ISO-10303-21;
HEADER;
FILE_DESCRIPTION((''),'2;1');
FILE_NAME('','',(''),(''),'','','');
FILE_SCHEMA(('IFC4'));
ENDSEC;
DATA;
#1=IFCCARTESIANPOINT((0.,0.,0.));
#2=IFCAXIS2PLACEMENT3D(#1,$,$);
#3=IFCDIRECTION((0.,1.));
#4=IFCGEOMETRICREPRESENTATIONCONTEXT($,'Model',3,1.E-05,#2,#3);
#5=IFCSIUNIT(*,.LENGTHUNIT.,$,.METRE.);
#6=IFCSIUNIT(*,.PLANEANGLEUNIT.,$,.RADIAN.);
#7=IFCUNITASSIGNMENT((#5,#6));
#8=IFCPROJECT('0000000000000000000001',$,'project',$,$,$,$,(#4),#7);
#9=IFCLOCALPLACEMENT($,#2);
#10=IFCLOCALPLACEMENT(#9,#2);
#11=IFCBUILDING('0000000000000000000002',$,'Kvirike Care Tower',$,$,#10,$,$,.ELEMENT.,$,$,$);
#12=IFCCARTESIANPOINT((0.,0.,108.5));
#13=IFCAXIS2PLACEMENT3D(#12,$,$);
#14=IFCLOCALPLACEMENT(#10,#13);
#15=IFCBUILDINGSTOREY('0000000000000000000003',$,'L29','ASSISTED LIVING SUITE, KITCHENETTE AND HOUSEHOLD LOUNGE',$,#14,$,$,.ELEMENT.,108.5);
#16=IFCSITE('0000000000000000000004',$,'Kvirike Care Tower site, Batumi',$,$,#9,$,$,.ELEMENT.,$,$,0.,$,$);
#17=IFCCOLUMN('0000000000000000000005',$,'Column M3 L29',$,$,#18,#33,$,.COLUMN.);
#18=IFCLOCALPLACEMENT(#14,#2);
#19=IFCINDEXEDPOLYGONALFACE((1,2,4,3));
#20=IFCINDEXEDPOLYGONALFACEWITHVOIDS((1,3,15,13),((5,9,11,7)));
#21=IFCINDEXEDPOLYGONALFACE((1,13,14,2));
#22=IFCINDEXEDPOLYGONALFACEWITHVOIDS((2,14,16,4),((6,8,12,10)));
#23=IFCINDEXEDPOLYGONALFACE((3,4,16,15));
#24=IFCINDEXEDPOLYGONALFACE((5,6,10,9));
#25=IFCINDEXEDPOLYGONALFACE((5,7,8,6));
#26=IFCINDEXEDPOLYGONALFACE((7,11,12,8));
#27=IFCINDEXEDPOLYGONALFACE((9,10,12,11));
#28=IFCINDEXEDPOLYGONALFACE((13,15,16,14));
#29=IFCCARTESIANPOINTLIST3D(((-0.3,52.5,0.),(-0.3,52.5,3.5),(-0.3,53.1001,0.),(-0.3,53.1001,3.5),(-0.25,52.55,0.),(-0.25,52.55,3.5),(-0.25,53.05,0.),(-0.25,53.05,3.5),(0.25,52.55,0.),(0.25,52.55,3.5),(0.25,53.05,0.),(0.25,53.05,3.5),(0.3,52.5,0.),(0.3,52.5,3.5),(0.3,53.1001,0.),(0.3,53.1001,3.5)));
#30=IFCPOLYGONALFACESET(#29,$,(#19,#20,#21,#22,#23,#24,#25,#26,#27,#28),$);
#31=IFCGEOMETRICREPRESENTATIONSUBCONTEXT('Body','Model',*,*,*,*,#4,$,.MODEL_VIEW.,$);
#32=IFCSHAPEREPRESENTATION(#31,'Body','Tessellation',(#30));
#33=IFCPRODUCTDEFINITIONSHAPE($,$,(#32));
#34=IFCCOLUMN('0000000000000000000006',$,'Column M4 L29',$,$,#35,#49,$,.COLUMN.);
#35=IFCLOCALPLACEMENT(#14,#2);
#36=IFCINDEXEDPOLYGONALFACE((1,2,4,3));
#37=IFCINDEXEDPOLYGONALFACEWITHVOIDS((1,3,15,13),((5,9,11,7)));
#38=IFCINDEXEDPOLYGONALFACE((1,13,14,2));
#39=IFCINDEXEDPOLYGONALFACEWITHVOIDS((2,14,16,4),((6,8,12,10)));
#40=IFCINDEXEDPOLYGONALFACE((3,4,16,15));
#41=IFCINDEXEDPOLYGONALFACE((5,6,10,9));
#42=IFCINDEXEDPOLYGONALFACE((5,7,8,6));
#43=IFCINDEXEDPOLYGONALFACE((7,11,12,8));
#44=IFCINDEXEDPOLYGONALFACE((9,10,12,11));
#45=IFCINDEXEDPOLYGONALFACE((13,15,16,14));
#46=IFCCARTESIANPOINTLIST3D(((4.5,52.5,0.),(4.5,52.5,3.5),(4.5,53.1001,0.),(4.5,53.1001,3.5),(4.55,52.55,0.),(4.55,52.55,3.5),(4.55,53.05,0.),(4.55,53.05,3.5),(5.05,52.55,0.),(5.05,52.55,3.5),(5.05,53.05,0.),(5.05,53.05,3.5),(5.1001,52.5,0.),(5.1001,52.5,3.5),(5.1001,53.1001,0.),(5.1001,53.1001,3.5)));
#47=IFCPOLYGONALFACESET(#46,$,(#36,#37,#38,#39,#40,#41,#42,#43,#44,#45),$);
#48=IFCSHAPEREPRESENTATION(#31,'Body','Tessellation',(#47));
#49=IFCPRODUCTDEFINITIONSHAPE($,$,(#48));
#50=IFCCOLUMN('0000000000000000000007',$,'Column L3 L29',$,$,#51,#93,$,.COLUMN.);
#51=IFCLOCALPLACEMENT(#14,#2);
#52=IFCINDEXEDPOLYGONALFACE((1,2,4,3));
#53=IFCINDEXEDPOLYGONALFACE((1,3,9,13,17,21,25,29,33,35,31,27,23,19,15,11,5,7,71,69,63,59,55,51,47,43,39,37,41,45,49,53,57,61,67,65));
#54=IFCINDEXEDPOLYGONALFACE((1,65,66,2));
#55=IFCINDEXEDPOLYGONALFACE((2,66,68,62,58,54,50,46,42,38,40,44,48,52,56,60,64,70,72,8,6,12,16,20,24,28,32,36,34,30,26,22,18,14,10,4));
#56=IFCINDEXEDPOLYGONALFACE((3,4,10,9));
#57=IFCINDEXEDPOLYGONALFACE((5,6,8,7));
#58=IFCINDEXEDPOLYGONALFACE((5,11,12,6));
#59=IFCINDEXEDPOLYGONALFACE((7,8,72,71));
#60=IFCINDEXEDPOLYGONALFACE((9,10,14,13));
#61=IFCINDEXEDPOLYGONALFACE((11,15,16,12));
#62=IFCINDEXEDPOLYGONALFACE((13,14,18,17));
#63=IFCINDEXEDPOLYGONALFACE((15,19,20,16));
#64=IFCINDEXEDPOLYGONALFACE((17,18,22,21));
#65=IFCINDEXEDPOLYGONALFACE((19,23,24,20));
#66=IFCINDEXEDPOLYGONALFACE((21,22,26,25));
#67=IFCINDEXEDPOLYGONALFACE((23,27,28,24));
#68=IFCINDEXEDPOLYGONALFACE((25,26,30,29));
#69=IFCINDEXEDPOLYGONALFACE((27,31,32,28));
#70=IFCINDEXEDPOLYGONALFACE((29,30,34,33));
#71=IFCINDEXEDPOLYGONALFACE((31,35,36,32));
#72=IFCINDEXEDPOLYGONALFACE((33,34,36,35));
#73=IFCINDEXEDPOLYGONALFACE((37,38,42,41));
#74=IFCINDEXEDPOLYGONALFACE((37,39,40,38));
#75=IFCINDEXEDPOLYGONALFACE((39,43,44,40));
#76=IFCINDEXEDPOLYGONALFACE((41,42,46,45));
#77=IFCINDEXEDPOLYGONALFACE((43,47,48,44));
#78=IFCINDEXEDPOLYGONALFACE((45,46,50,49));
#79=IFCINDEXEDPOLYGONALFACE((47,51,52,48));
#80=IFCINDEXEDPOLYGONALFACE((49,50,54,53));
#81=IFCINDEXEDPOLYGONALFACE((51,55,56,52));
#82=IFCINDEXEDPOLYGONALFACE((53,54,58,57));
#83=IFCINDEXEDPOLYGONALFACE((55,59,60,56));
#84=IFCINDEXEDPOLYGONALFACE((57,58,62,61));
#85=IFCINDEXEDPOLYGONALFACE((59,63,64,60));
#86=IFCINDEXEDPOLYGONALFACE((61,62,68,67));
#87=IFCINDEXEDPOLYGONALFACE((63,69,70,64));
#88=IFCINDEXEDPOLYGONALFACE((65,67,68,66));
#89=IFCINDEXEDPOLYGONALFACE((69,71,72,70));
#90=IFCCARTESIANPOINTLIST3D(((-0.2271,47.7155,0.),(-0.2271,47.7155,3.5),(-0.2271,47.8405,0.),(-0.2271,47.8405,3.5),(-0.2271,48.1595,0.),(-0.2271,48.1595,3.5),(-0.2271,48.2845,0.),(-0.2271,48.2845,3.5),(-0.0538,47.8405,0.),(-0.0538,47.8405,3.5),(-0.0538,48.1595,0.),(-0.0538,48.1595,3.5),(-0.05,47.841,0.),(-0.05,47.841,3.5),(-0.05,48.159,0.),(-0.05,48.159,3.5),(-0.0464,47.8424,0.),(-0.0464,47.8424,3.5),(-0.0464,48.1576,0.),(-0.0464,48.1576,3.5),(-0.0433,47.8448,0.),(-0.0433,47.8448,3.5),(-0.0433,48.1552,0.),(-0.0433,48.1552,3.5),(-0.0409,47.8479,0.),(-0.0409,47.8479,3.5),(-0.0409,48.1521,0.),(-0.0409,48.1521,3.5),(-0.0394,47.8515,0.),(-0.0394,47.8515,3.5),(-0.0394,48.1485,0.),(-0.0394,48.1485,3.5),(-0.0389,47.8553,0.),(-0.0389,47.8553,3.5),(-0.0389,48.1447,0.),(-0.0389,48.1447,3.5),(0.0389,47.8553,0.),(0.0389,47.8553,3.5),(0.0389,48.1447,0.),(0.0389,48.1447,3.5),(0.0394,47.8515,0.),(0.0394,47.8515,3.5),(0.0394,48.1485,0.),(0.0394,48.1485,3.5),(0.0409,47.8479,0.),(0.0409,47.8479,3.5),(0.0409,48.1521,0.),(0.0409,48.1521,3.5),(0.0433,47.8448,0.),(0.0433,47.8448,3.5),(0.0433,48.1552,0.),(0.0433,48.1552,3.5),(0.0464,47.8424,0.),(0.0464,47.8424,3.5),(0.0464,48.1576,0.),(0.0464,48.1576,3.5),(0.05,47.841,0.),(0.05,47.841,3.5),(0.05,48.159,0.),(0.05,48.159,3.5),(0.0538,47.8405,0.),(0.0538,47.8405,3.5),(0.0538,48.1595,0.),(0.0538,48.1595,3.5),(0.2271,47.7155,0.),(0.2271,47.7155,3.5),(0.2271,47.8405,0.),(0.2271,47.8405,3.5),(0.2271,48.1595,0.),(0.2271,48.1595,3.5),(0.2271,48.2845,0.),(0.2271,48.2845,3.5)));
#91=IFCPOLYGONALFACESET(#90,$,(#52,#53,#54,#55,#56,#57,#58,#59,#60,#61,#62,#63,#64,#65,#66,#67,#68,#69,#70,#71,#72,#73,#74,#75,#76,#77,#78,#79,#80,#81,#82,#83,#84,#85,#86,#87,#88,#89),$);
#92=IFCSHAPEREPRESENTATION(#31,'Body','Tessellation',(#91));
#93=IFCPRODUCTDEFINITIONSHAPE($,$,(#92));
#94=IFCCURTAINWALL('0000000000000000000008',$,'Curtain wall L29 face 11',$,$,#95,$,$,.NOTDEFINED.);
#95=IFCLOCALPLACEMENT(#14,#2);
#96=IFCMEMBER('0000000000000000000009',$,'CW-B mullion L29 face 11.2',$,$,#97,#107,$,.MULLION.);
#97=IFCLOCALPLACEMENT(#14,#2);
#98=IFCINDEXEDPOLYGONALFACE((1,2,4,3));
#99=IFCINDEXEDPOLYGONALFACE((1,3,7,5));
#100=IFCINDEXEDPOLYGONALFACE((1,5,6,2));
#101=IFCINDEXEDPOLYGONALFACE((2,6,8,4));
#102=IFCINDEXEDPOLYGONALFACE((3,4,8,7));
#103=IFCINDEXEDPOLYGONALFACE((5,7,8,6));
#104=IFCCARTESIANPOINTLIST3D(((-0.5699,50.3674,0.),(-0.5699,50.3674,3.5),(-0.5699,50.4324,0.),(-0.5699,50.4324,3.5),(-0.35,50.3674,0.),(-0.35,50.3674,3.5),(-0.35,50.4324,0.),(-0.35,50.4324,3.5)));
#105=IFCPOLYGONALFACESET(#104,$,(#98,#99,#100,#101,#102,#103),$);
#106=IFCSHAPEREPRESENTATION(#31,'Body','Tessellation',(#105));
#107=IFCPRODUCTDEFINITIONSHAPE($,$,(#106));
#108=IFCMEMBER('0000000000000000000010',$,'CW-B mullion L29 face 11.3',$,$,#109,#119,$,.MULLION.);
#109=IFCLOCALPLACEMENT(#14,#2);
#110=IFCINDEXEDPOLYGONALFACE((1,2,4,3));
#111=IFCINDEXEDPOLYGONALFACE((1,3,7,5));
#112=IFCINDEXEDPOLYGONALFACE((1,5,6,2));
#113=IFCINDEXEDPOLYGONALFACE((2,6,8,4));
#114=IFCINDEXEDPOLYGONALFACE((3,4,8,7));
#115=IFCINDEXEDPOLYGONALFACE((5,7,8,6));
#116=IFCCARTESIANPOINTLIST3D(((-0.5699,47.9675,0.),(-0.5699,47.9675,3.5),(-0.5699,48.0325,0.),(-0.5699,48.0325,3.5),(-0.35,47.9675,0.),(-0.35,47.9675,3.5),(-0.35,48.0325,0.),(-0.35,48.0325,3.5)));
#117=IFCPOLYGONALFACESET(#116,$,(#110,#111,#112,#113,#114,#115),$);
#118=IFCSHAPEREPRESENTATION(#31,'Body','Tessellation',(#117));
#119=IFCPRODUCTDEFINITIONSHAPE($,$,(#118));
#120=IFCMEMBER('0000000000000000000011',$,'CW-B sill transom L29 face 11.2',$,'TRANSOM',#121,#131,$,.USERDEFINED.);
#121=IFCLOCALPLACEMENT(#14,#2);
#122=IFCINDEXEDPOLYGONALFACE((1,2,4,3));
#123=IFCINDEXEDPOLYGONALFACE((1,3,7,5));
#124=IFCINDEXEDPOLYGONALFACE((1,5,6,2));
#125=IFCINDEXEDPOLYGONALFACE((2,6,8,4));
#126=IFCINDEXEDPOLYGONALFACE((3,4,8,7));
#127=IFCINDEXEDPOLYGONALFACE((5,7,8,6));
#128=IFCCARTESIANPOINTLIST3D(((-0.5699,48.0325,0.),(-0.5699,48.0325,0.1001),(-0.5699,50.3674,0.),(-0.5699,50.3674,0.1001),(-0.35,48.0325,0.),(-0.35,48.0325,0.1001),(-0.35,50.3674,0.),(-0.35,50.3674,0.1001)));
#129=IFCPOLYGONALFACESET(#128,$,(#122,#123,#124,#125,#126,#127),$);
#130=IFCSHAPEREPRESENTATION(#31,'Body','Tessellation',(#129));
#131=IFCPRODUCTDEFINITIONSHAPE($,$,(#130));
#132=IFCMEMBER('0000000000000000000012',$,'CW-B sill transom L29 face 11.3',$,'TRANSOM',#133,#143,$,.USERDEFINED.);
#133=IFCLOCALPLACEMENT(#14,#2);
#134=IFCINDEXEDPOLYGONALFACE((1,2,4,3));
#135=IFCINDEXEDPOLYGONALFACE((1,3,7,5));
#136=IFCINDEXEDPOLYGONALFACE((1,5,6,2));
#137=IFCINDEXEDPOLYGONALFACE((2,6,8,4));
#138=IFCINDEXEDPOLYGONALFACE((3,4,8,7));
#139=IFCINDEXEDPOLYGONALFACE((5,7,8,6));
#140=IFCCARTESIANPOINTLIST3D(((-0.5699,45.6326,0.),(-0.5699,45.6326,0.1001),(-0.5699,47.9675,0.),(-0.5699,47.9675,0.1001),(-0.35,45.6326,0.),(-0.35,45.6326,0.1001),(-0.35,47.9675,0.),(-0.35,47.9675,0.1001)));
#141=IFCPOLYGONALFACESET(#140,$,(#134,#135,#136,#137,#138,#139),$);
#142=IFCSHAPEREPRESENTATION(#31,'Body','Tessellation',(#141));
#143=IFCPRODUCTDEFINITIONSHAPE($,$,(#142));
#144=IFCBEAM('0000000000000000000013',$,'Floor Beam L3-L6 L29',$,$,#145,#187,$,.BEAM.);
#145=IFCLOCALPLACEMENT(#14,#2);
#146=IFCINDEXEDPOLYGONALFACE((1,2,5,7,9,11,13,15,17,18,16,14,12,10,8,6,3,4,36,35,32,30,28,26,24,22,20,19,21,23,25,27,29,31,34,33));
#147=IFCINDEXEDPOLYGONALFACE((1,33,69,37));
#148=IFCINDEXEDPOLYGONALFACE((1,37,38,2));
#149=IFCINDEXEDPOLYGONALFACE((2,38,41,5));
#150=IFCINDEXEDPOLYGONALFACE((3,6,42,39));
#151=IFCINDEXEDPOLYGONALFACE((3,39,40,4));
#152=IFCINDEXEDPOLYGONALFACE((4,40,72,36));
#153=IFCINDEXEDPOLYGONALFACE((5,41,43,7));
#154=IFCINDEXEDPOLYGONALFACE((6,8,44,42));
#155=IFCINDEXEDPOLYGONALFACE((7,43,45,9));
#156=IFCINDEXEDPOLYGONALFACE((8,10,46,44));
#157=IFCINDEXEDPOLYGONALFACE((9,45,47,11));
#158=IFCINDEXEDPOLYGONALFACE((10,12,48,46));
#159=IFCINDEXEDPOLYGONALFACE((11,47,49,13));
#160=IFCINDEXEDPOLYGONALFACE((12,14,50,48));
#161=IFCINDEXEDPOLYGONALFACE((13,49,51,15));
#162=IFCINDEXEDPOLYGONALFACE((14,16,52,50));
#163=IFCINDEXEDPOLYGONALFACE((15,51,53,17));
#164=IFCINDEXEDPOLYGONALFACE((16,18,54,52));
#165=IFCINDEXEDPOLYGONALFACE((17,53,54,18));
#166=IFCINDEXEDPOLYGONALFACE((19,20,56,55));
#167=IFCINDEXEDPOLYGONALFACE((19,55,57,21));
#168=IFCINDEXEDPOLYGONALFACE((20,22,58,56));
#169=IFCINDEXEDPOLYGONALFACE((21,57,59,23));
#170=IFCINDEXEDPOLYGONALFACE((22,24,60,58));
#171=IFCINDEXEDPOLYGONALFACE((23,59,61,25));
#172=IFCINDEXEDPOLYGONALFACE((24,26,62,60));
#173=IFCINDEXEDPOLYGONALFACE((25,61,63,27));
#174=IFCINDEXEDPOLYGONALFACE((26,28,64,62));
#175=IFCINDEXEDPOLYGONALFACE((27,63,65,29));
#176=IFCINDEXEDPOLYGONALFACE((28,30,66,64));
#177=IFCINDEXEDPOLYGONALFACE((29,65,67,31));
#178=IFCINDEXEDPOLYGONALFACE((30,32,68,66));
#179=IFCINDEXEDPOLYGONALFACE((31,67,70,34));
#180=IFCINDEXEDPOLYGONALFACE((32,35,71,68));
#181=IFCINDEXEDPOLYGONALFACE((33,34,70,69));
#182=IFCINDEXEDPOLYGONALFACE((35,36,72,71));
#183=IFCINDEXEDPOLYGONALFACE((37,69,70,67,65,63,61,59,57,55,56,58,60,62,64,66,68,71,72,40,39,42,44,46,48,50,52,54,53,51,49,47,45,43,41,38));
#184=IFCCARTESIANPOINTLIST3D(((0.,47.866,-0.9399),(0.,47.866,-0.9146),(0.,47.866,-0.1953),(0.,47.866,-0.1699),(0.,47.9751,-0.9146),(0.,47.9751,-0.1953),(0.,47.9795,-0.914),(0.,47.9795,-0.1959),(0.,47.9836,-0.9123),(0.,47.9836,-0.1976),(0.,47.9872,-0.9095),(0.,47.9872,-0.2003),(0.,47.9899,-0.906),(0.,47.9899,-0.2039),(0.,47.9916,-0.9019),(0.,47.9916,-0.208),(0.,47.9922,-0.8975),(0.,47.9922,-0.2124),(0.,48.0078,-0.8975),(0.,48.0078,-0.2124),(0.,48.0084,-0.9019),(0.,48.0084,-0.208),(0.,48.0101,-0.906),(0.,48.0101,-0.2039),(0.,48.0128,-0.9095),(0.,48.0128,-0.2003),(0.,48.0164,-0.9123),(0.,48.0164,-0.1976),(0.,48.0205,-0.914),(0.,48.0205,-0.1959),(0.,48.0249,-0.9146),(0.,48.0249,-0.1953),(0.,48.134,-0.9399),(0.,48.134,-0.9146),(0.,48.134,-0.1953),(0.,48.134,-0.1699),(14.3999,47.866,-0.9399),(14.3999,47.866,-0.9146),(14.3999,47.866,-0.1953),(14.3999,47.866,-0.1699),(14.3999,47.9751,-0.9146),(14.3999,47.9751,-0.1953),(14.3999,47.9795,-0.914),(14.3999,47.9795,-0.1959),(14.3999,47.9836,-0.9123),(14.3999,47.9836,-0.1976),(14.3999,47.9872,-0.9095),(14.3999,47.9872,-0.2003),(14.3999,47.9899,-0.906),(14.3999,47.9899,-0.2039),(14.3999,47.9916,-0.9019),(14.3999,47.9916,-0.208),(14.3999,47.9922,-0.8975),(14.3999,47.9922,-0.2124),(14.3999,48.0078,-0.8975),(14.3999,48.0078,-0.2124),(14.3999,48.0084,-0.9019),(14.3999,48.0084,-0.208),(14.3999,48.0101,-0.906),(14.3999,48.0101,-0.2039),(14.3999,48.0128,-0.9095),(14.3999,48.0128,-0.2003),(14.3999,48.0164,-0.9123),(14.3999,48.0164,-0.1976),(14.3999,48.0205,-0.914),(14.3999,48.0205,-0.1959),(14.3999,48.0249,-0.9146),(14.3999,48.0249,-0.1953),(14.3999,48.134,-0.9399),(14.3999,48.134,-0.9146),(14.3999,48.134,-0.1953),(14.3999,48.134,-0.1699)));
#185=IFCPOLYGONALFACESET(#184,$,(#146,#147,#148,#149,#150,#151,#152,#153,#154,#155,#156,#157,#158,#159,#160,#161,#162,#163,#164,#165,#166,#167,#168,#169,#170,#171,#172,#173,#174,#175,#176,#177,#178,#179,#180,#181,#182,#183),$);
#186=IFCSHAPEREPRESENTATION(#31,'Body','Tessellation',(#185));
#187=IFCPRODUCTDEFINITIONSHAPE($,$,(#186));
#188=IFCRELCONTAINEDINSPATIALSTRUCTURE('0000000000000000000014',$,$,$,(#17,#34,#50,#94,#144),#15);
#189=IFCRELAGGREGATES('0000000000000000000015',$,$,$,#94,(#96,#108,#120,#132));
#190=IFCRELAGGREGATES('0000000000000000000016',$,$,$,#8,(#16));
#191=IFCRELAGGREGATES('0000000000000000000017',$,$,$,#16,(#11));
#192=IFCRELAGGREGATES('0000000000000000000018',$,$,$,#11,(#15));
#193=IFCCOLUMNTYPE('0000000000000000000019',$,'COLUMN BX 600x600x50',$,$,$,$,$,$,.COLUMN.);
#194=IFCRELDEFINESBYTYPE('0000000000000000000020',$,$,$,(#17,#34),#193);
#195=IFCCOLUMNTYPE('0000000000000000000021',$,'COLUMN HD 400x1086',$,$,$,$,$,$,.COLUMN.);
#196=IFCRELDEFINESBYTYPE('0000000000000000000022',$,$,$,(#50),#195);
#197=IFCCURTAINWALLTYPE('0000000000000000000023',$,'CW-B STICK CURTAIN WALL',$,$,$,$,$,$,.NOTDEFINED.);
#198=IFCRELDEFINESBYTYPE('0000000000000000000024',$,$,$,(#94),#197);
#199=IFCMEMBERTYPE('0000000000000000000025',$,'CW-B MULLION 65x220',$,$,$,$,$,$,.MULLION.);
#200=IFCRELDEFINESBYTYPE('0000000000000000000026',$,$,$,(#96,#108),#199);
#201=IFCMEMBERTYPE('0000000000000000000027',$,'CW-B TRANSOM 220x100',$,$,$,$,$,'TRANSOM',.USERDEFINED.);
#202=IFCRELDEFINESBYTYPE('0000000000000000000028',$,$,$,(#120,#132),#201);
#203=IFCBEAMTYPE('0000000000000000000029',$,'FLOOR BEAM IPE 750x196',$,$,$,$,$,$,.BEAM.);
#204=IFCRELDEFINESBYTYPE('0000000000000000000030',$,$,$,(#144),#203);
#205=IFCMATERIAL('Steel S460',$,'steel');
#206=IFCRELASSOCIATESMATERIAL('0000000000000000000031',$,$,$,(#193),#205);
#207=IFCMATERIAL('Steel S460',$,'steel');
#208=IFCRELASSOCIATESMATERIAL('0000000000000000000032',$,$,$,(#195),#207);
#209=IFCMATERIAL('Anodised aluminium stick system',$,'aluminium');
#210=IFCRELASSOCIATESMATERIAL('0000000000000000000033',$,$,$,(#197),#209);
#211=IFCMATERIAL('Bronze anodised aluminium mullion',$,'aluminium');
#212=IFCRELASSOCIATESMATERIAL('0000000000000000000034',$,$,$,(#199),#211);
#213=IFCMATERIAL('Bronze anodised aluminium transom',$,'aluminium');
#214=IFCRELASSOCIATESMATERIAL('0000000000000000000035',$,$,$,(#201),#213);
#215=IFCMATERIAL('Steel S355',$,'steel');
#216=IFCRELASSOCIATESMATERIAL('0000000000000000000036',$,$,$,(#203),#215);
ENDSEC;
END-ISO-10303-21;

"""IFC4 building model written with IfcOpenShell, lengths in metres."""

from ifc_helpers import new_model, si_unit, direction, frame, origin, origin_2d, place, context, subcontext, project, spatial, rectangle, hollow_rectangle, i_section, extrude, material, material_profile, profile_set, type_object, element, aggregate, save


model = new_model("IFC4")

# Units and contexts
model_context = context("Model", 3, precision=1e-05, world=origin(), true_north=direction((0.0, 1.0)))
body_context = subcontext(model_context, "Body", "Model", "MODEL_VIEW")
ifc_project = project(units=[si_unit("LENGTHUNIT", "METRE"), si_unit("PLANEANGLEUNIT", "RADIAN")], contexts=[model_context])

# Site, building, storey
site_placement = place(None, origin())
site = spatial("IfcSite", under=ifc_project, at=site_placement, Name="Kvirike Care Tower site, Batumi", CompositionType="ELEMENT", RefElevation=0.0)
building_placement = place(site_placement, origin())
building = spatial("IfcBuilding", under=site, at=building_placement, Name="Kvirike Care Tower", CompositionType="ELEMENT")
storey_placement = place(building_placement, frame((0.0, 0.0, 108.5)))
storey = spatial("IfcBuildingStorey", under=building, at=storey_placement, Name="L29", Description="ASSISTED LIVING SUITE, KITCHENETTE AND HOUSEHOLD LOUNGE", CompositionType="ELEMENT", Elevation=108.5)

# Columns
ifc_material_1 = material(Name="Steel S460", Category="steel")
ifc_material_profile_1 = material_profile(ifc_material_1, hollow_rectangle(XDim=0.6001, YDim=0.6001, WallThickness=0.05, at=origin_2d()), Name="BX 600x600x50")
ifc_profile_set_1 = profile_set([ifc_material_profile_1], Name="Steel S460")
column_type_1 = type_object("IfcColumnType", Name="COLUMN BX 600x600x50", PredefinedType="COLUMN", material=ifc_profile_set_1)
for number, where, z_axis, x_axis, name in (
    (1, (0.0, 52.8, 0.0), (0.0, 0.0, 1.0), (0.0, 1.0, 0.0), "Column M3 L29"),
    (2, (4.8, 52.8, 0.0), (0.0, 0.0, 1.0), (0.0, 1.0, 0.0), "Column M4 L29"),
):
    element("IfcColumn", number, at=place(storey_placement, frame(where, z_axis=z_axis, x_axis=x_axis)), inside=storey, type_object=column_type_1, Name=name, PredefinedType="COLUMN", context=body_context, shape_type="SweptSolid", body=[
        extrude(hollow_rectangle(XDim=0.6001, YDim=0.6001, WallThickness=0.05, at=origin_2d()), origin(), (0.0, 0.0, 1.0), 3.5),
    ])
ifc_material_2 = material(Name="Steel S460", Category="steel")
ifc_material_profile_2 = material_profile(ifc_material_2, i_section(OverallWidth=0.4541, OverallDepth=0.5691, WebThickness=0.0779, FlangeThickness=0.125, FilletRadius=0.0149, at=origin_2d()), Name="HD 400x1086")
ifc_profile_set_2 = profile_set([ifc_material_profile_2], Name="Steel S460")
column_type_2 = type_object("IfcColumnType", Name="COLUMN HD 400x1086", PredefinedType="COLUMN", material=ifc_profile_set_2)
column_placement = place(storey_placement, frame((0.0, 48.0, 0.0), z_axis=(0.0, 0.0, 1.0), x_axis=(1.0, 0.0, 0.0)))
element("IfcColumn", 3, at=column_placement, inside=storey, type_object=column_type_2, Name="Column L3 L29", PredefinedType="COLUMN", context=body_context, shape_type="SweptSolid", body=[
    extrude(i_section(OverallWidth=0.4541, OverallDepth=0.5691, WebThickness=0.0779, FlangeThickness=0.125, FilletRadius=0.0149, at=origin_2d()), origin(), (0.0, 0.0, 1.0), 3.5),
])

# Curtain wall, members
ifc_material_3 = material(Name="Anodised aluminium stick system", Category="aluminium")
curtain_wall_type = type_object("IfcCurtainWallType", Name="CW-B STICK CURTAIN WALL", PredefinedType="NOTDEFINED", material=ifc_material_3)
curtain_wall_placement = place(storey_placement, origin())
curtain_wall = element("IfcCurtainWall", 4, at=curtain_wall_placement, inside=storey, type_object=curtain_wall_type, Name="Curtain wall L29 face 11", PredefinedType="NOTDEFINED")
ifc_material_4 = material(Name="Bronze anodised aluminium mullion", Category="aluminium")
ifc_material_profile_3 = material_profile(ifc_material_4, rectangle(XDim=0.0649, YDim=0.22, at=origin_2d()), Name="CW-B MULLION 65x220")
ifc_profile_set_3 = profile_set([ifc_material_profile_3], Name="Bronze anodised aluminium mullion")
member_type_1 = type_object("IfcMemberType", Name="CW-B MULLION 65x220", PredefinedType="MULLION", material=ifc_profile_set_3)
member_1_placement = place(storey_placement, frame((-0.46, 50.3999, 0.0), z_axis=(0.0, 0.0, 1.0), x_axis=(0.0, -1.0, 0.0)))
member_1 = element("IfcMember", 5, at=member_1_placement, type_object=member_type_1, Name="CW-B mullion L29 face 11.2", PredefinedType="MULLION", context=body_context, shape_type="SweptSolid", body=[
    extrude(rectangle(XDim=0.0649, YDim=0.22, at=origin_2d()), origin(), (0.0, 0.0, 1.0), 3.5),
])
member_2_placement = place(storey_placement, frame((-0.46, 48.0, 0.0), z_axis=(0.0, 0.0, 1.0), x_axis=(0.0, -1.0, 0.0)))
member_2 = element("IfcMember", 6, at=member_2_placement, type_object=member_type_1, Name="CW-B mullion L29 face 11.3", PredefinedType="MULLION", context=body_context, shape_type="SweptSolid", body=[
    extrude(rectangle(XDim=0.0649, YDim=0.22, at=origin_2d()), origin(), (0.0, 0.0, 1.0), 3.5),
])
ifc_material_5 = material(Name="Bronze anodised aluminium transom", Category="aluminium")
ifc_material_profile_4 = material_profile(ifc_material_5, rectangle(XDim=0.22, YDim=0.1001, at=origin_2d()), Name="CW-B TRANSOM 220x100")
ifc_profile_set_4 = profile_set([ifc_material_profile_4], Name="Bronze anodised aluminium transom")
member_type_2 = type_object("IfcMemberType", Name="CW-B TRANSOM 220x100", ElementType="TRANSOM", PredefinedType="USERDEFINED", material=ifc_profile_set_4)
member_3_placement = place(storey_placement, frame((-0.46, 50.3674, 0.05), z_axis=(0.0, -1.0, 0.0), x_axis=(1.0, 0.0, 0.0)))
member_3 = element("IfcMember", 7, at=member_3_placement, type_object=member_type_2, Name="CW-B sill transom L29 face 11.2", ObjectType="TRANSOM", PredefinedType="USERDEFINED", context=body_context, shape_type="SweptSolid", body=[
    extrude(rectangle(XDim=0.22, YDim=0.1001, at=origin_2d()), origin(), (0.0, 0.0, 1.0), 2.335),
])
member_4_placement = place(storey_placement, frame((-0.46, 47.9675, 0.05), z_axis=(0.0, -1.0, 0.0), x_axis=(1.0, 0.0, 0.0)))
member_4 = element("IfcMember", 8, at=member_4_placement, type_object=member_type_2, Name="CW-B sill transom L29 face 11.3", ObjectType="TRANSOM", PredefinedType="USERDEFINED", context=body_context, shape_type="SweptSolid", body=[
    extrude(rectangle(XDim=0.22, YDim=0.1001, at=origin_2d()), origin(), (0.0, 0.0, 1.0), 2.335),
])

# Beam
ifc_material_6 = material(Name="Steel S355", Category="steel")
ifc_material_profile_5 = material_profile(ifc_material_6, i_section(OverallWidth=0.2681, OverallDepth=0.77, WebThickness=0.0156, FlangeThickness=0.0254, FilletRadius=0.0171, at=origin_2d()), Name="IPE 750x196")
ifc_profile_set_5 = profile_set([ifc_material_profile_5], Name="Steel S355")
beam_type_1 = type_object("IfcBeamType", Name="FLOOR BEAM IPE 750x196", PredefinedType="BEAM", material=ifc_profile_set_5)
beam_1_placement = place(storey_placement, frame((0.0, 48.0, -0.5549), z_axis=(1.0, 0.0, 0.0), x_axis=(0.0, 1.0, 0.0)))
element("IfcBeam", 9, at=beam_1_placement, inside=storey, type_object=beam_type_1, Name="Floor Beam L3-L6 L29", PredefinedType="BEAM", context=body_context, shape_type="SweptSolid", body=[
    extrude(i_section(OverallWidth=0.2681, OverallDepth=0.77, WebThickness=0.0156, FlangeThickness=0.0254, FilletRadius=0.0171, at=origin_2d()), origin(), (0.0, 0.0, 1.0), 14.3999),
])

aggregate(curtain_wall, [member_1, member_2, member_3, member_4])

save(model, "model.ifc")
